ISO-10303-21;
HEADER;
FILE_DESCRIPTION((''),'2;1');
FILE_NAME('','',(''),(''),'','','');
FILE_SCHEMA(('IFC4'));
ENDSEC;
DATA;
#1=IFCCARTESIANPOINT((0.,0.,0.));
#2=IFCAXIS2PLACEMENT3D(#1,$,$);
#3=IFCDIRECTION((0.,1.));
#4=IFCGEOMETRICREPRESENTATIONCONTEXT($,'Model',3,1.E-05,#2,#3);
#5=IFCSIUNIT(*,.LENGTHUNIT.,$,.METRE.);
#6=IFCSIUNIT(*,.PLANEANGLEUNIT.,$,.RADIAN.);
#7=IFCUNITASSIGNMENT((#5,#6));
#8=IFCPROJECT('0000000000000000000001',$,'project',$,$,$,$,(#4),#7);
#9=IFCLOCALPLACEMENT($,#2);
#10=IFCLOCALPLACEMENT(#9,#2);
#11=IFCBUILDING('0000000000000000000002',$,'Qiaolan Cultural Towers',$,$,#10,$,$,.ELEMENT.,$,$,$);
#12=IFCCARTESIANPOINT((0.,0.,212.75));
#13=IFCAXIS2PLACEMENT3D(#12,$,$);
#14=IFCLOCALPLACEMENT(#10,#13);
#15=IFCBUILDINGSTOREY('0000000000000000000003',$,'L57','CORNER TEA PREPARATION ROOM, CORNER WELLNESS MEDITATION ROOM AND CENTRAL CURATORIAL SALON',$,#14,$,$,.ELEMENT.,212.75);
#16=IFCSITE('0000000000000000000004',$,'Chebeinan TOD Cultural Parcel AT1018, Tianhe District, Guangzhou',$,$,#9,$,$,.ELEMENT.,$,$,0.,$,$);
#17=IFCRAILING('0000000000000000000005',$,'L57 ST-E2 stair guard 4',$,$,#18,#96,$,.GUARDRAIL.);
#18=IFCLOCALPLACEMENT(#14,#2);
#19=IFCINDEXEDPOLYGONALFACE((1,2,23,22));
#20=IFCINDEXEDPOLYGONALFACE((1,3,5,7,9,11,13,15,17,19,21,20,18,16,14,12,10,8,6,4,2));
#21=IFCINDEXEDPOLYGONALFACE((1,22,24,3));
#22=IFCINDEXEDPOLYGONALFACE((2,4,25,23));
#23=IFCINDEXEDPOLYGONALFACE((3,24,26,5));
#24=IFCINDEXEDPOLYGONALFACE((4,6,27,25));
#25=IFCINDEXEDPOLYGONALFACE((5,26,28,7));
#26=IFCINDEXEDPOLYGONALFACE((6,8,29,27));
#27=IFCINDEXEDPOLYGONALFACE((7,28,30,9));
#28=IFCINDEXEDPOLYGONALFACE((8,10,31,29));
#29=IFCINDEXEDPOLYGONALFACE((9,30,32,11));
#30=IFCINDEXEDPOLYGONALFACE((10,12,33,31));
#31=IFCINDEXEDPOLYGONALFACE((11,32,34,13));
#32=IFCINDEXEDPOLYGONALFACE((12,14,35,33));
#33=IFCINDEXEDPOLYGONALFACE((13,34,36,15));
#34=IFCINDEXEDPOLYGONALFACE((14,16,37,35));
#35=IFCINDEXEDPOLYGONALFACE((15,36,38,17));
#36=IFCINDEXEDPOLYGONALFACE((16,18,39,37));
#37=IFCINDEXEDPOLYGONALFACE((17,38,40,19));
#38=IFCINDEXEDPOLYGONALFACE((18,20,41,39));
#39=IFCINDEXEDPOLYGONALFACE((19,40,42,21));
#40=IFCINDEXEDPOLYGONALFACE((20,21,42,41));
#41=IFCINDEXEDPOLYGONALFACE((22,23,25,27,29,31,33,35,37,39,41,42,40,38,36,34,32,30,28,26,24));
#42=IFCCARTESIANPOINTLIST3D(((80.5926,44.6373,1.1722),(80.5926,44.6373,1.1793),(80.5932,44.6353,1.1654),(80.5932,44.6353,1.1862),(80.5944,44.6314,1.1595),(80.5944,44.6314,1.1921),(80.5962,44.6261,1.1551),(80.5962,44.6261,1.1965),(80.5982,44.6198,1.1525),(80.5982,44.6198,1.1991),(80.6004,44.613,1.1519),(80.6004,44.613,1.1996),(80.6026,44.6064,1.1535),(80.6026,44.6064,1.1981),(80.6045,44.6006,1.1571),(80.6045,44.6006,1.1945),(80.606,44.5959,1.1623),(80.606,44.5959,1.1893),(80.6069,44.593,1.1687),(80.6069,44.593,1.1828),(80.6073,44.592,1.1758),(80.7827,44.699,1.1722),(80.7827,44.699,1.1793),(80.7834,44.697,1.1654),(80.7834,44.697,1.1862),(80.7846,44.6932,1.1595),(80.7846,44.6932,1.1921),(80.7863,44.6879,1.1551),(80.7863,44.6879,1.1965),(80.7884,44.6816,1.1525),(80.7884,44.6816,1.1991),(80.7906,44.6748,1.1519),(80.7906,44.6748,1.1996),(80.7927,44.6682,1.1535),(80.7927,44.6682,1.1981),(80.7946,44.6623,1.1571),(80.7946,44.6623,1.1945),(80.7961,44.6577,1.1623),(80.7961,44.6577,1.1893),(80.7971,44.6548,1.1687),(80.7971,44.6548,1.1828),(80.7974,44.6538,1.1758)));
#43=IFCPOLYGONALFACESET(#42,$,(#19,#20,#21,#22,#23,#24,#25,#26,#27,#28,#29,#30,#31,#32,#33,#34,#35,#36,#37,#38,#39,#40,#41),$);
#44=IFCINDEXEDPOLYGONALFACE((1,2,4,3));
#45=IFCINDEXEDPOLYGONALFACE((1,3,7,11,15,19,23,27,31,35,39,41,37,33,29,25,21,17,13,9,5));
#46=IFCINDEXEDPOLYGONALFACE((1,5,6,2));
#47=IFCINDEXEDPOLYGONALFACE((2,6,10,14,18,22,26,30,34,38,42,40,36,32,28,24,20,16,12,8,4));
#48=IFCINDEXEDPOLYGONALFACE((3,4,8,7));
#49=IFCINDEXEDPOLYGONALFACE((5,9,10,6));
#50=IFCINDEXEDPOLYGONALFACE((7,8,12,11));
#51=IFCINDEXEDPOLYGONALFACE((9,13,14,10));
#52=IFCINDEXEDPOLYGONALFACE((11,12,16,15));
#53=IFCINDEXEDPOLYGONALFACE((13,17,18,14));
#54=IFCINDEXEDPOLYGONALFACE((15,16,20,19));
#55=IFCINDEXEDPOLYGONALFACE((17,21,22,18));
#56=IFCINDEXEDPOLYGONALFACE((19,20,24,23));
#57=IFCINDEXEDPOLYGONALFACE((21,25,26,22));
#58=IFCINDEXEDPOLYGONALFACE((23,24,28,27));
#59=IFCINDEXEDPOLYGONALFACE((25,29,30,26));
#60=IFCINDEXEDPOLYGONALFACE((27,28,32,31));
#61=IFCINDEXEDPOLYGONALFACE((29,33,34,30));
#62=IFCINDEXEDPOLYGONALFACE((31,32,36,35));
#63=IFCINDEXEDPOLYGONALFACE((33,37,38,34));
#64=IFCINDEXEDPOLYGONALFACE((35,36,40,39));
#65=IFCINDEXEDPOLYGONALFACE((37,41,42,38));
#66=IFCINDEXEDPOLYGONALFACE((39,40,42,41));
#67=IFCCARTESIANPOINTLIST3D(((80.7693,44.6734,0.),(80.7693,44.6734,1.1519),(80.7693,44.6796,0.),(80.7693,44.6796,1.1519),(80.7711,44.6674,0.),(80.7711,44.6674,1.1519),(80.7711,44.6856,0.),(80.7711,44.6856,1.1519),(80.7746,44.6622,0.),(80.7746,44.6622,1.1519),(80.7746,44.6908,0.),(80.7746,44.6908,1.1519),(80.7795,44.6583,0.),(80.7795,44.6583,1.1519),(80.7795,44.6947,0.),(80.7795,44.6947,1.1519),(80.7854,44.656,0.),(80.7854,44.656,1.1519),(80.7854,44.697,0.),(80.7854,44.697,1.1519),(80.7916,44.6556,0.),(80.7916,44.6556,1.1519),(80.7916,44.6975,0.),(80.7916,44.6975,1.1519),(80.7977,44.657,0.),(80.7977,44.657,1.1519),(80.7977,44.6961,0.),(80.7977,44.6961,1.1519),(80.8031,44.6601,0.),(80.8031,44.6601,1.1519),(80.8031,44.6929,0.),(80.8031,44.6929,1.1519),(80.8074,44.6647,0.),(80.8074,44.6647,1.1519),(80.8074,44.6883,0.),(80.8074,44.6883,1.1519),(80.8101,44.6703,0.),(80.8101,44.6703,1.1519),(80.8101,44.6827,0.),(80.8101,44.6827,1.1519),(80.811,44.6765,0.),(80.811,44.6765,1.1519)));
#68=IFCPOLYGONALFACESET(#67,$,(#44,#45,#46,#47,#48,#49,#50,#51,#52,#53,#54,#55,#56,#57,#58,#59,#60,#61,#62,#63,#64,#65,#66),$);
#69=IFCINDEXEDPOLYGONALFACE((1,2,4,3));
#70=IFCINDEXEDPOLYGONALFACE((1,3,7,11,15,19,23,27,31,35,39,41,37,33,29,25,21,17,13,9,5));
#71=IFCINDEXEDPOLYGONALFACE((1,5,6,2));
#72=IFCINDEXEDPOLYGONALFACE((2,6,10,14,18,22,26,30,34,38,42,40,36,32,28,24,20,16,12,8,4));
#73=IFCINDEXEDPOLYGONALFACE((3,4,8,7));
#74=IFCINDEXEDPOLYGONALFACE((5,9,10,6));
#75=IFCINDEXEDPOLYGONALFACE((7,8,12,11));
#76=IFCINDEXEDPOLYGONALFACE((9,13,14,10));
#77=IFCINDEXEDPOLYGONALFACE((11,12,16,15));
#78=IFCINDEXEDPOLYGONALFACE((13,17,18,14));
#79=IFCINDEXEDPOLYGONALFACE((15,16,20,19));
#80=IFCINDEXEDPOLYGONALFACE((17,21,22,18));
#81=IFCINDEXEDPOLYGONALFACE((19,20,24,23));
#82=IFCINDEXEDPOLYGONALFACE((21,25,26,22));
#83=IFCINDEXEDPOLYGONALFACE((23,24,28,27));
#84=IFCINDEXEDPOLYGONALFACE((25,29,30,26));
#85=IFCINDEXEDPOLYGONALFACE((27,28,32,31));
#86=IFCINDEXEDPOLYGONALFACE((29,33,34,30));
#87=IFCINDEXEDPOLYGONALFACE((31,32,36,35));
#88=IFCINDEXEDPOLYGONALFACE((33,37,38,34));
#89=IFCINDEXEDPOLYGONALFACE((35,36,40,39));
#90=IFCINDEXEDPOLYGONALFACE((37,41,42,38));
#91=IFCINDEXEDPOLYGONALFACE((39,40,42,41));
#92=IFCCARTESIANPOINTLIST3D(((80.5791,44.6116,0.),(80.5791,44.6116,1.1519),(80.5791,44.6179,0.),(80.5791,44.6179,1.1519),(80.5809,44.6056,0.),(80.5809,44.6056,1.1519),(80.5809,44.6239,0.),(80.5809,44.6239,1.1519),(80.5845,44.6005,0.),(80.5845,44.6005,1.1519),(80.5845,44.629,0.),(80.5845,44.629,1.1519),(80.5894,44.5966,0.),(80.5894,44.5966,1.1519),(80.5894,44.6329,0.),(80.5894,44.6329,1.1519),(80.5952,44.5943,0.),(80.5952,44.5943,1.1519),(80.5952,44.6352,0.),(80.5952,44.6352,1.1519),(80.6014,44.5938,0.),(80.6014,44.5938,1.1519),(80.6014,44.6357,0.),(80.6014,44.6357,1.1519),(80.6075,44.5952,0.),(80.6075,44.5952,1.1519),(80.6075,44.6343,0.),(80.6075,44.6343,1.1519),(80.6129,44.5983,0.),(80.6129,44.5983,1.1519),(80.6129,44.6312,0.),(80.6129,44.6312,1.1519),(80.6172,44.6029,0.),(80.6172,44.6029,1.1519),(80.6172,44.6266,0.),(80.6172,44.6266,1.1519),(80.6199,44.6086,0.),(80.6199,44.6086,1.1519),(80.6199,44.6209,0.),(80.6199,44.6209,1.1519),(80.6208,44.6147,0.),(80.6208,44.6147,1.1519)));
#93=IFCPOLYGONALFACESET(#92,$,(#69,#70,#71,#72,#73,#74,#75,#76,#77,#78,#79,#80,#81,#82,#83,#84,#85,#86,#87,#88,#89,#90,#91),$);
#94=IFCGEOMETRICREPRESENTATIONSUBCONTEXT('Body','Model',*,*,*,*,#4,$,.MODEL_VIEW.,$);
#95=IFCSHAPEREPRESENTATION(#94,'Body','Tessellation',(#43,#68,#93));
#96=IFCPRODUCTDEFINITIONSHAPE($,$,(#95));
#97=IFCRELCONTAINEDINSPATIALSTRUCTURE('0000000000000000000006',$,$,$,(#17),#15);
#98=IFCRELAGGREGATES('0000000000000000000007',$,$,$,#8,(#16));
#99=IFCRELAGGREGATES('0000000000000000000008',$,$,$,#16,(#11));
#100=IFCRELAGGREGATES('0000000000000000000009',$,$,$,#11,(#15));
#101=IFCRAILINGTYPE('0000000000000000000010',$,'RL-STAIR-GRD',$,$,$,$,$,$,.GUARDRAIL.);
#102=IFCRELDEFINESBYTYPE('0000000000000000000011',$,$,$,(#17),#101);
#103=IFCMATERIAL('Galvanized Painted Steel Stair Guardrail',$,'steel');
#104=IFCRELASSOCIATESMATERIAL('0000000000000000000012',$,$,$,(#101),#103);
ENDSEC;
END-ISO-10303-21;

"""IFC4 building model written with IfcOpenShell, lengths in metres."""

from ifc_helpers import new_model, si_unit, direction, frame, origin, origin_2d, place, context, subcontext, project, spatial, circle, extrude, material, type_object, element, save


model = new_model("IFC4")

# Units and contexts
model_context = context("Model", 3, precision=1e-05, world=origin(), true_north=direction((0.0, 1.0)))
body_context = subcontext(model_context, "Body", "Model", "MODEL_VIEW")
ifc_project = project(units=[si_unit("LENGTHUNIT", "METRE"), si_unit("PLANEANGLEUNIT", "RADIAN")], contexts=[model_context])

# Site, building, storey
site_placement = place(None, origin())
site = spatial("IfcSite", under=ifc_project, at=site_placement, Name="Chebeinan TOD Cultural Parcel AT1018, Tianhe District, Guangzhou", CompositionType="ELEMENT", RefElevation=0.0)
building_placement = place(site_placement, origin())
building = spatial("IfcBuilding", under=site, at=building_placement, Name="Qiaolan Cultural Towers", CompositionType="ELEMENT")
storey_placement = place(building_placement, frame((0.0, 0.0, 212.75)))
storey = spatial("IfcBuildingStorey", under=building, at=storey_placement, Name="L57", Description="CORNER TEA PREPARATION ROOM, CORNER WELLNESS MEDITATION ROOM AND CENTRAL CURATORIAL SALON", CompositionType="ELEMENT", Elevation=212.75)

# Railing
ifc_material_1 = material(Name="Galvanized Painted Steel Stair Guardrail", Category="steel")
railing_type_1 = type_object("IfcRailingType", Name="RL-STAIR-GRD", PredefinedType="GUARDRAIL", material=ifc_material_1)
railing_1_placement = place(storey_placement, frame((80.79, 44.6765, 0.0)))
element("IfcRailing", 1, at=railing_1_placement, inside=storey, type_object=railing_type_1, Name="L57 ST-E2 stair guard 4", PredefinedType="GUARDRAIL", context=body_context, shape_type="SweptSolid", body=[
    extrude(circle(Radius=0.0239, at=origin_2d()), frame((0.0, 0.0, 1.1758), z_axis=(-0.951097, -0.308893, 0.0), x_axis=(0.308893, -0.951097, 0.0)), (0.0, 0.0, 1.0), 0.2),
    extrude(circle(Radius=0.021, at=origin_2d()), origin(), (0.0, 0.0, 1.0), 1.1519),
    extrude(circle(Radius=0.021, at=origin_2d()), frame((-0.1902, -0.0618, 0.0)), (0.0, 0.0, 1.0), 1.1519),
])

save(model, "model.ifc")
